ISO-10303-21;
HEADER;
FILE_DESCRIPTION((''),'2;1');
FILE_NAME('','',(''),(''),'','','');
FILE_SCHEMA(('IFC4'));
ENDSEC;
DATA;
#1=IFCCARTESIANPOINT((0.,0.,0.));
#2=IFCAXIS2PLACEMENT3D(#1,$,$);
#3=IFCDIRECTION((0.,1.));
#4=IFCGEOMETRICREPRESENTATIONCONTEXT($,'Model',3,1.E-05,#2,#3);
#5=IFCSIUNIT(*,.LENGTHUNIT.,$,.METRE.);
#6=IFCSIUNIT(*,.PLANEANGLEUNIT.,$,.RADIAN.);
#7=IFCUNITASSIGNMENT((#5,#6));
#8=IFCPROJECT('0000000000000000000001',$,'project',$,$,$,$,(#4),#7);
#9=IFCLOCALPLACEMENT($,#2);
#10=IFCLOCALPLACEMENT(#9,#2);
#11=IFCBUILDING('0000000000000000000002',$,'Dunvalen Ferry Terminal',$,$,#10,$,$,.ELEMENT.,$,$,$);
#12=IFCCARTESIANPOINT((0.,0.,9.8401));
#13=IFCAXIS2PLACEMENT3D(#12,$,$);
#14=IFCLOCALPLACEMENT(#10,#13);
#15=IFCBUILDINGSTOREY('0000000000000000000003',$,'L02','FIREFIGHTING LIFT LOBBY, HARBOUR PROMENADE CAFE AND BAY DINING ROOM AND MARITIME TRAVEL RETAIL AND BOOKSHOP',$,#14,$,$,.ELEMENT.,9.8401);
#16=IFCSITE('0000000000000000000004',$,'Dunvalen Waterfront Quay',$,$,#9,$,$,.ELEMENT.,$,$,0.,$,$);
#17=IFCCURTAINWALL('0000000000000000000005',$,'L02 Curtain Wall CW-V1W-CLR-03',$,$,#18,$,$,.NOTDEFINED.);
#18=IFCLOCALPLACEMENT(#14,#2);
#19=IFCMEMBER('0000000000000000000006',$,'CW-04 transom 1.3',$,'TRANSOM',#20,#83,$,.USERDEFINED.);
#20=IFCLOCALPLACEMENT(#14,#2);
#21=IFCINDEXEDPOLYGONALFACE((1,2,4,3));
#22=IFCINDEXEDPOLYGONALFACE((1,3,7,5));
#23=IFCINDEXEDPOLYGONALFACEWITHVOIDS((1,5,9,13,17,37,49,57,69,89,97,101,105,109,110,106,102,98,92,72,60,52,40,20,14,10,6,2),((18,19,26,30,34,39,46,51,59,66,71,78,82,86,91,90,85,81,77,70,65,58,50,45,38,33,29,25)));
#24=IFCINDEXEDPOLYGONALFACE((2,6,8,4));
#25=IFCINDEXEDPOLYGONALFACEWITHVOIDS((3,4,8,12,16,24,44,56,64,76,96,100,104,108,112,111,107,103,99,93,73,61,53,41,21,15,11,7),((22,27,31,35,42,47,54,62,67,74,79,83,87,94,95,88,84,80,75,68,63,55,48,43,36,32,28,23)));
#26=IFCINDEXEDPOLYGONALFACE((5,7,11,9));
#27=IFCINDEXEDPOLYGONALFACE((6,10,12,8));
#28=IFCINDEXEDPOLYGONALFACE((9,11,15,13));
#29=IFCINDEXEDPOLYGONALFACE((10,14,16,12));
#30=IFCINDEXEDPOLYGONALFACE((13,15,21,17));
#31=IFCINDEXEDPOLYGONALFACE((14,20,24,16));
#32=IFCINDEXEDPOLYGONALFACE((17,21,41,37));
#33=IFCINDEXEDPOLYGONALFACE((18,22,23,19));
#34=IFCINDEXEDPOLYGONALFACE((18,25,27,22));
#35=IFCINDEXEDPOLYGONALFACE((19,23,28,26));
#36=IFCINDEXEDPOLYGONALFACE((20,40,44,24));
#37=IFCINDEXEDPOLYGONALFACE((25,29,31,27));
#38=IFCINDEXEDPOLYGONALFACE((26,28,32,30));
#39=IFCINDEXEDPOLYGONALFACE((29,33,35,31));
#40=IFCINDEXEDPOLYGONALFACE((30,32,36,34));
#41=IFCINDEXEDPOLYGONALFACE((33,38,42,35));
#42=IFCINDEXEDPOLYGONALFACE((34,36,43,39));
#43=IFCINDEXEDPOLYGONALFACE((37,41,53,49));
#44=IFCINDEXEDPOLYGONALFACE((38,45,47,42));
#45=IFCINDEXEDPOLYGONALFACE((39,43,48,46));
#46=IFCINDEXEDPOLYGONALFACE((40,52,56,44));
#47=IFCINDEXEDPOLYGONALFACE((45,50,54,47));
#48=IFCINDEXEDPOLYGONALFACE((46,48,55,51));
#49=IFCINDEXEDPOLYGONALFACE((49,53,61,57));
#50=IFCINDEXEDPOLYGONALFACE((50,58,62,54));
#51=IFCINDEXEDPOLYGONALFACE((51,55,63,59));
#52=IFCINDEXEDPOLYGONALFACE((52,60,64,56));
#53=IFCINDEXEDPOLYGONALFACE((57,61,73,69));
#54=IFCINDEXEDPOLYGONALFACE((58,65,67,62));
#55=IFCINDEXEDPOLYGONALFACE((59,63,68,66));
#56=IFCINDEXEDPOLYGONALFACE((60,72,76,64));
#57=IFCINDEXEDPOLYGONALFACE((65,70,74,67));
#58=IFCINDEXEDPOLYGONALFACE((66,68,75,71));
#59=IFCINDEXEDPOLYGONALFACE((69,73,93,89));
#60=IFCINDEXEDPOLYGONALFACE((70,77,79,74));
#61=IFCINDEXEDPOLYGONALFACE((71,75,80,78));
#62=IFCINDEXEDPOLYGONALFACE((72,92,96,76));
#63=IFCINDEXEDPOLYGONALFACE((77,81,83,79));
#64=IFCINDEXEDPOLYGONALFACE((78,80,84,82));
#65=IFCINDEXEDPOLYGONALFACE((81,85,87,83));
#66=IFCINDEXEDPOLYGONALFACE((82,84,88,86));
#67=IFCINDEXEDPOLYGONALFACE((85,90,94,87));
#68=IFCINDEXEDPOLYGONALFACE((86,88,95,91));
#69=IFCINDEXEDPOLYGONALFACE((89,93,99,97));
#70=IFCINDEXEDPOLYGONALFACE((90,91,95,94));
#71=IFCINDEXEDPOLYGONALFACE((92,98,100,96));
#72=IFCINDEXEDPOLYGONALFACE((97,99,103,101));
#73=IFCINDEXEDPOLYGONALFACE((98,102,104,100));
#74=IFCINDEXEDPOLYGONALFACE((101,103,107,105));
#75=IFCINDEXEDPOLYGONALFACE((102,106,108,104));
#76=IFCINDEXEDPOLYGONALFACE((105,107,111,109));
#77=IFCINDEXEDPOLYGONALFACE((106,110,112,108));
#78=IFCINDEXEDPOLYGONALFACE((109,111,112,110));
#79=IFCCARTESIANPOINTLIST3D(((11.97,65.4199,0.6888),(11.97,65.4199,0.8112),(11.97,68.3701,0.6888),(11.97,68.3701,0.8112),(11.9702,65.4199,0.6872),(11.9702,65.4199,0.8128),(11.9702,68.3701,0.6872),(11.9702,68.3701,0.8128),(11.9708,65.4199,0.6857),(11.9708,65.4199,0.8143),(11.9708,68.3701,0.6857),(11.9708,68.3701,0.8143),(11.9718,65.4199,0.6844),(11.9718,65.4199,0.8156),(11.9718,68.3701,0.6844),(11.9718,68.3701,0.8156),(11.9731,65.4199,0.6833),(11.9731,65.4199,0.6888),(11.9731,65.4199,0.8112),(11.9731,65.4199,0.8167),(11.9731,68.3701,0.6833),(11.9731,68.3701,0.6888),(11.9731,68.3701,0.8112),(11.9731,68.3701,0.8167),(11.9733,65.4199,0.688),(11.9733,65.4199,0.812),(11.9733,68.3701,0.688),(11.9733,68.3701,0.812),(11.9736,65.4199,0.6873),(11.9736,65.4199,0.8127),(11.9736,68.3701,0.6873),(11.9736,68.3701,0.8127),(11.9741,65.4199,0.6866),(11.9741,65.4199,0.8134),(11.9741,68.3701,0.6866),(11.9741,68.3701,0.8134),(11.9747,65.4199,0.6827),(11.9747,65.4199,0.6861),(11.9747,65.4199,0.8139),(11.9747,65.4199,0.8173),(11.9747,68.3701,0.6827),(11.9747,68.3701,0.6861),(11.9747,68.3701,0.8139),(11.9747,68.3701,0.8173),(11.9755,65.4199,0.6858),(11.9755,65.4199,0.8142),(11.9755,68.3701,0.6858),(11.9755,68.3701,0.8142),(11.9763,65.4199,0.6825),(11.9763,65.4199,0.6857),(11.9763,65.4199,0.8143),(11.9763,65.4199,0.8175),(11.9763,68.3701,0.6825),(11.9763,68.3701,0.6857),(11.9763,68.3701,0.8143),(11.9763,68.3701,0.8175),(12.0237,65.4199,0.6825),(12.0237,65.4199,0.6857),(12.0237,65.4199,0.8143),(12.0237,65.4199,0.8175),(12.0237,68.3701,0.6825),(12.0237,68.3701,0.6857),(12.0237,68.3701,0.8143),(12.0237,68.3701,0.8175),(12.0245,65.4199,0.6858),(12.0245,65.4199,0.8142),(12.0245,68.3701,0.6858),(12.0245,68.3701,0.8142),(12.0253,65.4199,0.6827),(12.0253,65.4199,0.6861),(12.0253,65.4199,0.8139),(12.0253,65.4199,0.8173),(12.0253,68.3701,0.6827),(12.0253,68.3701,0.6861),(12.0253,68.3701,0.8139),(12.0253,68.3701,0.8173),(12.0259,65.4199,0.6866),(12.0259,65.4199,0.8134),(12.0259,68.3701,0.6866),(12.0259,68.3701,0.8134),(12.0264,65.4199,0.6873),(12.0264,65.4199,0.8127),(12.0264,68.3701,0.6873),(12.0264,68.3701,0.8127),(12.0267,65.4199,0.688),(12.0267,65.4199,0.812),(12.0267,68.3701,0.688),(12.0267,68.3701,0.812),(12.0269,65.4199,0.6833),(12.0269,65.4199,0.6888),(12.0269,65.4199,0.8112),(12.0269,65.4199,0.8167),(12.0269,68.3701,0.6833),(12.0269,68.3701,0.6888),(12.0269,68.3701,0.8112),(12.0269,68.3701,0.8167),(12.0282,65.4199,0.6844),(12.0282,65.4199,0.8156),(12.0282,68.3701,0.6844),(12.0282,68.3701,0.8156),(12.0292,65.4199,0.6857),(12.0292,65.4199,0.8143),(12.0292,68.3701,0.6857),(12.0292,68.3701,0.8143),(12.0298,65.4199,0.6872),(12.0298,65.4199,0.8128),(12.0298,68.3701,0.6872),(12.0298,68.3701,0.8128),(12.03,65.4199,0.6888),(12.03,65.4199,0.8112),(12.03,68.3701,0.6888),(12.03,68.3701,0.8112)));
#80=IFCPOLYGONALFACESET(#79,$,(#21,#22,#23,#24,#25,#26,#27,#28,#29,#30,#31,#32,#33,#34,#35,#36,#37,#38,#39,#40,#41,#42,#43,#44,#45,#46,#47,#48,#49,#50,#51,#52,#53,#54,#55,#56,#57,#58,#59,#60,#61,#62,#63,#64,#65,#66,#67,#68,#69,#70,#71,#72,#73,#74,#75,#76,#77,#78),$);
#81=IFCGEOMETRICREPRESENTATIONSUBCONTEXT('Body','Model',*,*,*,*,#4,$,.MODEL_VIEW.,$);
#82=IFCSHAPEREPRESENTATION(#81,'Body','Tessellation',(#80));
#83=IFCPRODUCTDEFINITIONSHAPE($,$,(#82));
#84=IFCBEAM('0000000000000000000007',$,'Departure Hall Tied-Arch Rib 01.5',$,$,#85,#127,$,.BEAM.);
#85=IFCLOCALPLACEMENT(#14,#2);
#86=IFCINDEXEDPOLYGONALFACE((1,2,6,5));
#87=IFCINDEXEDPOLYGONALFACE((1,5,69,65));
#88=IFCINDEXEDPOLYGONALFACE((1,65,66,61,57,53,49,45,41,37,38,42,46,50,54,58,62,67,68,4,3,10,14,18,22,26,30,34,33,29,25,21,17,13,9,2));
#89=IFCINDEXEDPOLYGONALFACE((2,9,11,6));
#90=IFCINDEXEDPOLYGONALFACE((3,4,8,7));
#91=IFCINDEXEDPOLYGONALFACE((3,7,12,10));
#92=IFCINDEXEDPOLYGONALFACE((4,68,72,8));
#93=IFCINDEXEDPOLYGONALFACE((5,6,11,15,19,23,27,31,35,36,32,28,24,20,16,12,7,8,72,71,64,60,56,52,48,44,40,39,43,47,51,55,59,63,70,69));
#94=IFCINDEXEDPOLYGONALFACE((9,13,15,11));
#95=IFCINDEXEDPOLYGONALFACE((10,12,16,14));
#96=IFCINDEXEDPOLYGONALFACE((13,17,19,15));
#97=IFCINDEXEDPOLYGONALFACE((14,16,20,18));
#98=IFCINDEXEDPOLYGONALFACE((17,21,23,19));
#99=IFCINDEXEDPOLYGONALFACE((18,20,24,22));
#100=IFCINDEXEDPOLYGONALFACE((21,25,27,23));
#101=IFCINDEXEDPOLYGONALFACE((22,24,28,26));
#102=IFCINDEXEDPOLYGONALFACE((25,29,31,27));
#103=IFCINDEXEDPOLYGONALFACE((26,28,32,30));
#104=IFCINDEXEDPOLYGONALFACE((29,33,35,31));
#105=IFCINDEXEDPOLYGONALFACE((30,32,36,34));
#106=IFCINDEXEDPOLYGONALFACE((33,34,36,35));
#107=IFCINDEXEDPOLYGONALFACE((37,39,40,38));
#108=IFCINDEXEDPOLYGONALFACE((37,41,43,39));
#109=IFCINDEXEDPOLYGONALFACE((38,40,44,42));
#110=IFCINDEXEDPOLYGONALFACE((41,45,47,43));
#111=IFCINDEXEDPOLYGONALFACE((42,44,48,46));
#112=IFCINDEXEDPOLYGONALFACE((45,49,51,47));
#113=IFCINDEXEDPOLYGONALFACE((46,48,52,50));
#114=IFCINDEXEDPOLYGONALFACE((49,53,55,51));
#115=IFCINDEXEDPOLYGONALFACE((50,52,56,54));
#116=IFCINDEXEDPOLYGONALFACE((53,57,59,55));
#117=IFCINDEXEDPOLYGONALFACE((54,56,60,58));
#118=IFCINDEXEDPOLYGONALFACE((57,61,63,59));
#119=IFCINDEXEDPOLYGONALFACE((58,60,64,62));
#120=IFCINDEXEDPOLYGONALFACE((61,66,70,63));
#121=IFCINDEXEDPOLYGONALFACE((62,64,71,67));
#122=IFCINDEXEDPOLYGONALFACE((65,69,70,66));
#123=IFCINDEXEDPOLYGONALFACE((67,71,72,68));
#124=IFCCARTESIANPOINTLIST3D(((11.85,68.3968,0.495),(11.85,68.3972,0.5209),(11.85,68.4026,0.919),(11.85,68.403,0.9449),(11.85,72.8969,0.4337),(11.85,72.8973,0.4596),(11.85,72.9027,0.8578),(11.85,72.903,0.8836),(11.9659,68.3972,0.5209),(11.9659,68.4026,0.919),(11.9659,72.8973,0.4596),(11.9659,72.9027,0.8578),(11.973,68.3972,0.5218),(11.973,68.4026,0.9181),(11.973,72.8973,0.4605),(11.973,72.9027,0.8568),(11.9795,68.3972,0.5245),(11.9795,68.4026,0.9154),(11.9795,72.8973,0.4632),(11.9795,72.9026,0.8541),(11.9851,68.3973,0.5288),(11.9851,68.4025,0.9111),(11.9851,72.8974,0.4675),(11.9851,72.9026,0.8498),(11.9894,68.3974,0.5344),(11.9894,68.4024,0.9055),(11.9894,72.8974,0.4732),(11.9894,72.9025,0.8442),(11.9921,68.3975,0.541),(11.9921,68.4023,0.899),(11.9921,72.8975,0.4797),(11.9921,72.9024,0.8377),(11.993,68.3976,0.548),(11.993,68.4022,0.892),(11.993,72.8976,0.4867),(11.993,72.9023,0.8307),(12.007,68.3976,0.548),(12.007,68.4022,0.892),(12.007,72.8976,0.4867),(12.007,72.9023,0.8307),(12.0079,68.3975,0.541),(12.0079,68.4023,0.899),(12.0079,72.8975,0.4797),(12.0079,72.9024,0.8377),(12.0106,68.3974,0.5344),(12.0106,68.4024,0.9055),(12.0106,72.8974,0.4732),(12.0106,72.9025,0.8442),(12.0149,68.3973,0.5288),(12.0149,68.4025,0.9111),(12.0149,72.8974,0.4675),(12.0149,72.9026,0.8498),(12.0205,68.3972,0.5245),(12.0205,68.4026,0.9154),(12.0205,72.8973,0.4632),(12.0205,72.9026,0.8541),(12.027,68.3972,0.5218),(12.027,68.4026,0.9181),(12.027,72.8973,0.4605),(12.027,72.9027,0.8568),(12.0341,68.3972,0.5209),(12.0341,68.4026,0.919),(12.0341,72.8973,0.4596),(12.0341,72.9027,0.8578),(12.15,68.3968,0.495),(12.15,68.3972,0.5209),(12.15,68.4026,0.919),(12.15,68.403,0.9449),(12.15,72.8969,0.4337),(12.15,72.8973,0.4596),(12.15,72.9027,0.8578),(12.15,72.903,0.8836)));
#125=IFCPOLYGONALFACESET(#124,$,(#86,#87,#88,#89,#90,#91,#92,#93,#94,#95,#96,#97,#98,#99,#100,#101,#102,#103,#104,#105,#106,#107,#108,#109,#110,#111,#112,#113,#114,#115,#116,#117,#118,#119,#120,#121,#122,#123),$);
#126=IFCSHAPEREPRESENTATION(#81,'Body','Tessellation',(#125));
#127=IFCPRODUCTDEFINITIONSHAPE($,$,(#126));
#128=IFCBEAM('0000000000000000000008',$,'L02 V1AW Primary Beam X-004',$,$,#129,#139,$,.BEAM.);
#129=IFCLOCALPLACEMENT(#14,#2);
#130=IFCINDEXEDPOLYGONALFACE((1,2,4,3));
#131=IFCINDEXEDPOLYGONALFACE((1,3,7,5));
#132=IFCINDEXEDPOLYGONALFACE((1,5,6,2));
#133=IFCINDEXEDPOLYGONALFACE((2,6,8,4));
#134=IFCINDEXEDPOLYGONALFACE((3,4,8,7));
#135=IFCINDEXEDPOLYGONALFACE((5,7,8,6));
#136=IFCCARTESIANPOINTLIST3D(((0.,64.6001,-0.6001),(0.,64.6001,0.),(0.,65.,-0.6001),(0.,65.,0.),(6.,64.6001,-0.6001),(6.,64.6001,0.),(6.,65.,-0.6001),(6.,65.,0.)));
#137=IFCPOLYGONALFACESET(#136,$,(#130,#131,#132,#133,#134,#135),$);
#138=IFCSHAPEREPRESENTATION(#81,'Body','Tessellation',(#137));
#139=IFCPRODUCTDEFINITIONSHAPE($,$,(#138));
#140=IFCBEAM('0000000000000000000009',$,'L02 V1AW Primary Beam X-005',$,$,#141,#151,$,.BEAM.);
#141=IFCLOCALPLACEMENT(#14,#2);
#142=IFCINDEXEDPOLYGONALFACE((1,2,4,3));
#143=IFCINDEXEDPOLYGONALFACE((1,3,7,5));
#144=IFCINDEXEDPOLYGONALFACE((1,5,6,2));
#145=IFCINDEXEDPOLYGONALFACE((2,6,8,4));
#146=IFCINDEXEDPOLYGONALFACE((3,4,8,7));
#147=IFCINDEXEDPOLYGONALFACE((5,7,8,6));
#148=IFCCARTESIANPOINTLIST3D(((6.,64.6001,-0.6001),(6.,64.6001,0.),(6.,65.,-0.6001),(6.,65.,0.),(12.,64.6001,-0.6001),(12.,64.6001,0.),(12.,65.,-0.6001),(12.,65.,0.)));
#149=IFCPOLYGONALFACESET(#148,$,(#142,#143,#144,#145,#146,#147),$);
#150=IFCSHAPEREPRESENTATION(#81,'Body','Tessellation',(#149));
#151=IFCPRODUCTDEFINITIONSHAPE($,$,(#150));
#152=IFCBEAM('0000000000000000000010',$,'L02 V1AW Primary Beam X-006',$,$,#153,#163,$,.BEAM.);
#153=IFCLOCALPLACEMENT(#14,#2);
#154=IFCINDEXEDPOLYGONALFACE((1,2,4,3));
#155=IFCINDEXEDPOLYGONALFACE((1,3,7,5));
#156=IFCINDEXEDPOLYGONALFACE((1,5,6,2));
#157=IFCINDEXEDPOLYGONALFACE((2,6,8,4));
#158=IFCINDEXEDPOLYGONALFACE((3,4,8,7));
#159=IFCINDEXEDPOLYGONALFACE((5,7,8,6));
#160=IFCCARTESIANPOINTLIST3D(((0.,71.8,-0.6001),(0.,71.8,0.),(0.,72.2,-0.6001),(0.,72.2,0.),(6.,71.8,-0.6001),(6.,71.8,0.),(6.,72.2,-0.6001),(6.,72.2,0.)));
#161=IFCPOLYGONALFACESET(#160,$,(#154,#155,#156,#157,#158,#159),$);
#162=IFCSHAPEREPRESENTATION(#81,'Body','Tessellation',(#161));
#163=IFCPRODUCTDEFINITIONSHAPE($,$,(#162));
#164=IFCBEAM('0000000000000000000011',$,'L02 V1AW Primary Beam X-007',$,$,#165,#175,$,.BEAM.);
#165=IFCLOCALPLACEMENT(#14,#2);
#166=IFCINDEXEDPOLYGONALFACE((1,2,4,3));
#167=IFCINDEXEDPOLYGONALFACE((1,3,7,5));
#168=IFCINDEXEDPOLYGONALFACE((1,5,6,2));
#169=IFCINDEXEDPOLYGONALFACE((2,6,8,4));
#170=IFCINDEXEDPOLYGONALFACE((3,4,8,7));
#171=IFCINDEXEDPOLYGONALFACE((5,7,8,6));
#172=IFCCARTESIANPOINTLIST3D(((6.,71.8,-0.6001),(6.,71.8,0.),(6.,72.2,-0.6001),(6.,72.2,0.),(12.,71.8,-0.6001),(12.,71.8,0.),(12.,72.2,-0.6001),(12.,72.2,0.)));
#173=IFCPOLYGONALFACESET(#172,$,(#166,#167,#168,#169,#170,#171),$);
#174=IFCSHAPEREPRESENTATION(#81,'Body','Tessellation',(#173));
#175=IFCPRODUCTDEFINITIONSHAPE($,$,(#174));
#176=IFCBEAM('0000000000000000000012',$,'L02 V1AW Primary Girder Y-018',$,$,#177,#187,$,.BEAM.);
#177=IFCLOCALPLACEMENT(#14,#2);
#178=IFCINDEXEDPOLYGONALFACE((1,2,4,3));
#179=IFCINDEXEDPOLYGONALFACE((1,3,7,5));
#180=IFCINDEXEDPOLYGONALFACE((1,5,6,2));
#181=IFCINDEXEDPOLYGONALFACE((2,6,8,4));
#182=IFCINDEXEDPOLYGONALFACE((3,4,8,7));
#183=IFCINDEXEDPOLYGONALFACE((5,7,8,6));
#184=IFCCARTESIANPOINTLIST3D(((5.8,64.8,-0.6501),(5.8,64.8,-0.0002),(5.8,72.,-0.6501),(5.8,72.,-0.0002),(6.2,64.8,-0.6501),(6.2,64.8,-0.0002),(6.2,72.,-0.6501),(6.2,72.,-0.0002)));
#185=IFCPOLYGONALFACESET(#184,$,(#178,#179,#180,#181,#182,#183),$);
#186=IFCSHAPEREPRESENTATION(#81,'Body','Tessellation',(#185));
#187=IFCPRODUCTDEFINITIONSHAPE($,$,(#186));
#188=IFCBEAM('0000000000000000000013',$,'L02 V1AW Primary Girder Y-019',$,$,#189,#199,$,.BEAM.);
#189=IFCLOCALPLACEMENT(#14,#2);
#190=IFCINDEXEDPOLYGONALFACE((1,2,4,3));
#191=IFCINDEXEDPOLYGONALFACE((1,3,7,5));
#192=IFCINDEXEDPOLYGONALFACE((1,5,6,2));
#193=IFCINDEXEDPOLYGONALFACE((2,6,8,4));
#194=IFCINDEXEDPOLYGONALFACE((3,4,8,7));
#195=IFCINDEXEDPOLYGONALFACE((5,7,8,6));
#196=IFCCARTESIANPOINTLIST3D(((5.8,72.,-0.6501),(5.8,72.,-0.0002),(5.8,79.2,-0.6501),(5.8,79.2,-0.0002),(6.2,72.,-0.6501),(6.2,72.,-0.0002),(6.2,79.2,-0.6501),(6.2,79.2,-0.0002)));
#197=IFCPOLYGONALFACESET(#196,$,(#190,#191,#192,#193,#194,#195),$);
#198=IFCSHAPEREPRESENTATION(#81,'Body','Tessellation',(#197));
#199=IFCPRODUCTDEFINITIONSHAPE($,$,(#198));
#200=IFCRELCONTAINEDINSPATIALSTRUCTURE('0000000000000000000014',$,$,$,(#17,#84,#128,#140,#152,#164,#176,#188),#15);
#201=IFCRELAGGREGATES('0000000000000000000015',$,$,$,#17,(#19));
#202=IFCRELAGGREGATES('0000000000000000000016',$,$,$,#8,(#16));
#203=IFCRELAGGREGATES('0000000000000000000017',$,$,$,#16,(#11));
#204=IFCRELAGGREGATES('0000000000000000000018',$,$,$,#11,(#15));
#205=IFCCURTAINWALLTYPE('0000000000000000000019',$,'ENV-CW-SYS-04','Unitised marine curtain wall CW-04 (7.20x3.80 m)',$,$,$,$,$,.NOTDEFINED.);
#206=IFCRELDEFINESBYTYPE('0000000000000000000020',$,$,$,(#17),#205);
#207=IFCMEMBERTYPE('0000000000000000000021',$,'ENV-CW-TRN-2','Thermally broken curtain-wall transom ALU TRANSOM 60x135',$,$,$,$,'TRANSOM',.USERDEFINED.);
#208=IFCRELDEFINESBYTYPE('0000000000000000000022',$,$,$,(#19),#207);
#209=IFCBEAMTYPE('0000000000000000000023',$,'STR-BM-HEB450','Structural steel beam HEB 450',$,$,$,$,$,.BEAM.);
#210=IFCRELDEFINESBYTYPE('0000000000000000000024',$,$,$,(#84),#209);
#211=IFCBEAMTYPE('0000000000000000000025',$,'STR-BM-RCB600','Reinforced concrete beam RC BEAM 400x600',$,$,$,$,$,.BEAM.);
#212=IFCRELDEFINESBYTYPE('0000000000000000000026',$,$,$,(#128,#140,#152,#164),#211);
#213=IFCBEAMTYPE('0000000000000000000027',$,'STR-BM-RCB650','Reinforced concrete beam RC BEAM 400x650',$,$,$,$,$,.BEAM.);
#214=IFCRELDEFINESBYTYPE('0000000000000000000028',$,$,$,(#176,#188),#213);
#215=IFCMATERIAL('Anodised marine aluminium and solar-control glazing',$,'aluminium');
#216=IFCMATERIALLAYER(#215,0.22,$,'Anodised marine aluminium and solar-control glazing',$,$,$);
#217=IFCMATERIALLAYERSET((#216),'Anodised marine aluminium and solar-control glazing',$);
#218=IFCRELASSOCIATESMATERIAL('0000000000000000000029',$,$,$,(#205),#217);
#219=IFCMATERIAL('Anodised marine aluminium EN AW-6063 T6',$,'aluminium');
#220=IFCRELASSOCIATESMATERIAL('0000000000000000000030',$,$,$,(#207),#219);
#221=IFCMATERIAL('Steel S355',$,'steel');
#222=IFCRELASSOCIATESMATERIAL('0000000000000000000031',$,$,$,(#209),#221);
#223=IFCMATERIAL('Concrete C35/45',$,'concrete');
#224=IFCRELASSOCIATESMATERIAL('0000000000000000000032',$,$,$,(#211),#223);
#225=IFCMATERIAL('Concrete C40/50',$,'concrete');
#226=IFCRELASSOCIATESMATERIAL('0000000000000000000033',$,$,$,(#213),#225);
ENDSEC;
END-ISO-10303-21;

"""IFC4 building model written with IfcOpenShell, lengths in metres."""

from ifc_helpers import new_model, si_unit, direction, frame, origin, origin_2d, place, context, subcontext, project, spatial, rectangle, hollow_rectangle, i_section, extrude, material, layer, layer_set, material_profile, profile_set, type_object, element, aggregate, save


model = new_model("IFC4")

# Units and contexts
model_context = context("Model", 3, precision=1e-05, world=origin(), true_north=direction((0.0, 1.0)))
body_context = subcontext(model_context, "Body", "Model", "MODEL_VIEW")
ifc_project = project(units=[si_unit("LENGTHUNIT", "METRE"), si_unit("PLANEANGLEUNIT", "RADIAN")], contexts=[model_context])

# Site, building, storey
site_placement = place(None, origin())
site = spatial("IfcSite", under=ifc_project, at=site_placement, Name="Dunvalen Waterfront Quay", CompositionType="ELEMENT", RefElevation=0.0)
building_placement = place(site_placement, origin())
building = spatial("IfcBuilding", under=site, at=building_placement, Name="Dunvalen Ferry Terminal", CompositionType="ELEMENT")
storey_placement = place(building_placement, frame((0.0, 0.0, 9.8401)))
storey = spatial("IfcBuildingStorey", under=building, at=storey_placement, Name="L02", Description="FIREFIGHTING LIFT LOBBY, HARBOUR PROMENADE CAFE AND BAY DINING ROOM AND MARITIME TRAVEL RETAIL AND BOOKSHOP", CompositionType="ELEMENT", Elevation=9.8401)

# Shared definitions
ifc_material_1 = material(Name="Anodised marine aluminium and solar-control glazing", Category="aluminium")
ifc_layer_1 = layer(ifc_material_1, 0.22, Name="Anodised marine aluminium and solar-control glazing")
ifc_layer_set_1 = layer_set([ifc_layer_1], Name="Anodised marine aluminium and solar-control glazing")
curtain_wall_type = type_object("IfcCurtainWallType", Name="ENV-CW-SYS-04", Description="Unitised marine curtain wall CW-04 (7.20x3.80 m)", PredefinedType="NOTDEFINED", material=ifc_layer_set_1)
ifc_material_2 = material(Name="Anodised marine aluminium EN AW-6063 T6", Category="aluminium")

# Curtain wall, member
curtain_wall_1_placement = place(storey_placement, origin())
curtain_wall_1 = element("IfcCurtainWall", 1, at=curtain_wall_1_placement, inside=storey, type_object=curtain_wall_type, Name="L02 Curtain Wall CW-V1W-CLR-03", PredefinedType="NOTDEFINED")
ifc_material_profile_1 = material_profile(ifc_material_2, hollow_rectangle(XDim=0.0601, YDim=0.135, WallThickness=0.0032, InnerFilletRadius=0.0032, OuterFilletRadius=0.0063, at=origin_2d()), Name="Anodised marine aluminium EN AW-6063 T6")
ifc_profile_set_1 = profile_set([ifc_material_profile_1], Name="Anodised marine aluminium EN AW-6063 T6")
member_type_1 = type_object("IfcMemberType", Name="ENV-CW-TRN-2", Description="Thermally broken curtain-wall transom ALU TRANSOM 60x135", ElementType="TRANSOM", PredefinedType="USERDEFINED", material=ifc_profile_set_1)
member_1_placement = place(storey_placement, frame((12.0, 65.4199, 0.75), z_axis=(0.0, 1.0, 0.0), x_axis=(-1.0, 0.0, 0.0)))
member_1 = element("IfcMember", 2, at=member_1_placement, type_object=member_type_1, Name="CW-04 transom 1.3", ObjectType="TRANSOM", PredefinedType="USERDEFINED", context=body_context, shape_type="SweptSolid", body=[
    extrude(hollow_rectangle(XDim=0.0601, YDim=0.135, WallThickness=0.0032, InnerFilletRadius=0.0032, OuterFilletRadius=0.0063, at=origin_2d()), origin(), (0.0, 0.0, 1.0), 2.9502),
])

# Beams
ifc_material_3 = material(Name="Steel S355", Category="steel")
ifc_material_profile_2 = material_profile(ifc_material_3, i_section(OverallWidth=0.3, OverallDepth=0.45, WebThickness=0.0139, FlangeThickness=0.0259, FilletRadius=0.0271, at=origin_2d()), Name="Steel S355")
ifc_profile_set_2 = profile_set([ifc_material_profile_2], Name="Steel S355")
beam_type_1 = type_object("IfcBeamType", Name="STR-BM-HEB450", Description="Structural steel beam HEB 450", PredefinedType="BEAM", material=ifc_profile_set_2)
beam_placement = place(storey_placement, frame((12.0, 68.3999, 0.72), z_axis=(0.0, 0.999907, -0.013616), x_axis=(-1.0, 0.0, 0.0)))
element("IfcBeam", 3, at=beam_placement, inside=storey, type_object=beam_type_1, Name="Departure Hall Tied-Arch Rib 01.5", PredefinedType="BEAM", context=body_context, shape_type="SweptSolid", body=[
    extrude(i_section(OverallWidth=0.3, OverallDepth=0.45, WebThickness=0.0139, FlangeThickness=0.0259, FilletRadius=0.0271, at=origin_2d()), origin(), (0.0, 0.0, 1.0), 4.5005),
])
ifc_material_4 = material(Name="Concrete C35/45", Category="concrete")
ifc_material_profile_3 = material_profile(ifc_material_4, rectangle(XDim=0.3999, YDim=0.6001, at=origin_2d()), Name="Concrete C35/45")
ifc_profile_set_3 = profile_set([ifc_material_profile_3], Name="Concrete C35/45")
beam_type_2 = type_object("IfcBeamType", Name="STR-BM-RCB600", Description="Reinforced concrete beam RC BEAM 400x600", PredefinedType="BEAM", material=ifc_profile_set_3)
for number, where, z_axis, x_axis, name in (
    (4, (0.0, 64.8, -0.3), (1.0, 0.0, 0.0), (0.0, 1.0, 0.0), "L02 V1AW Primary Beam X-004"),
    (5, (6.0, 64.8, -0.3), (1.0, 0.0, 0.0), (0.0, 1.0, 0.0), "L02 V1AW Primary Beam X-005"),
    (6, (0.0, 72.0, -0.3), (1.0, 0.0, 0.0), (0.0, 1.0, 0.0), "L02 V1AW Primary Beam X-006"),
    (7, (6.0, 72.0, -0.3), (1.0, 0.0, 0.0), (0.0, 1.0, 0.0), "L02 V1AW Primary Beam X-007"),
):
    element("IfcBeam", number, at=place(storey_placement, frame(where, z_axis=z_axis, x_axis=x_axis)), inside=storey, type_object=beam_type_2, Name=name, PredefinedType="BEAM", context=body_context, shape_type="SweptSolid", body=[
        extrude(rectangle(XDim=0.3999, YDim=0.6001, at=origin_2d()), origin(), (0.0, 0.0, 1.0), 6.0),
    ])
ifc_material_5 = material(Name="Concrete C40/50", Category="concrete")
ifc_material_profile_4 = material_profile(ifc_material_5, rectangle(XDim=0.3999, YDim=0.6499, at=origin_2d()), Name="Concrete C40/50")
ifc_profile_set_4 = profile_set([ifc_material_profile_4], Name="Concrete C40/50")
beam_type_3 = type_object("IfcBeamType", Name="STR-BM-RCB650", Description="Reinforced concrete beam RC BEAM 400x650", PredefinedType="BEAM", material=ifc_profile_set_4)
for number, where, z_axis, x_axis, name in (
    (8, (6.0, 64.8, -0.3252), (0.0, 1.0, 0.0), (-1.0, 0.0, 0.0), "L02 V1AW Primary Girder Y-018"),
    (9, (6.0, 72.0, -0.3252), (0.0, 1.0, 0.0), (-1.0, 0.0, 0.0), "L02 V1AW Primary Girder Y-019"),
):
    element("IfcBeam", number, at=place(storey_placement, frame(where, z_axis=z_axis, x_axis=x_axis)), inside=storey, type_object=beam_type_3, Name=name, PredefinedType="BEAM", context=body_context, shape_type="SweptSolid", body=[
        extrude(rectangle(XDim=0.3999, YDim=0.6499, at=origin_2d()), origin(), (0.0, 0.0, 1.0), 7.2),
    ])

aggregate(curtain_wall_1, [member_1])

save(model, "model.ifc")
